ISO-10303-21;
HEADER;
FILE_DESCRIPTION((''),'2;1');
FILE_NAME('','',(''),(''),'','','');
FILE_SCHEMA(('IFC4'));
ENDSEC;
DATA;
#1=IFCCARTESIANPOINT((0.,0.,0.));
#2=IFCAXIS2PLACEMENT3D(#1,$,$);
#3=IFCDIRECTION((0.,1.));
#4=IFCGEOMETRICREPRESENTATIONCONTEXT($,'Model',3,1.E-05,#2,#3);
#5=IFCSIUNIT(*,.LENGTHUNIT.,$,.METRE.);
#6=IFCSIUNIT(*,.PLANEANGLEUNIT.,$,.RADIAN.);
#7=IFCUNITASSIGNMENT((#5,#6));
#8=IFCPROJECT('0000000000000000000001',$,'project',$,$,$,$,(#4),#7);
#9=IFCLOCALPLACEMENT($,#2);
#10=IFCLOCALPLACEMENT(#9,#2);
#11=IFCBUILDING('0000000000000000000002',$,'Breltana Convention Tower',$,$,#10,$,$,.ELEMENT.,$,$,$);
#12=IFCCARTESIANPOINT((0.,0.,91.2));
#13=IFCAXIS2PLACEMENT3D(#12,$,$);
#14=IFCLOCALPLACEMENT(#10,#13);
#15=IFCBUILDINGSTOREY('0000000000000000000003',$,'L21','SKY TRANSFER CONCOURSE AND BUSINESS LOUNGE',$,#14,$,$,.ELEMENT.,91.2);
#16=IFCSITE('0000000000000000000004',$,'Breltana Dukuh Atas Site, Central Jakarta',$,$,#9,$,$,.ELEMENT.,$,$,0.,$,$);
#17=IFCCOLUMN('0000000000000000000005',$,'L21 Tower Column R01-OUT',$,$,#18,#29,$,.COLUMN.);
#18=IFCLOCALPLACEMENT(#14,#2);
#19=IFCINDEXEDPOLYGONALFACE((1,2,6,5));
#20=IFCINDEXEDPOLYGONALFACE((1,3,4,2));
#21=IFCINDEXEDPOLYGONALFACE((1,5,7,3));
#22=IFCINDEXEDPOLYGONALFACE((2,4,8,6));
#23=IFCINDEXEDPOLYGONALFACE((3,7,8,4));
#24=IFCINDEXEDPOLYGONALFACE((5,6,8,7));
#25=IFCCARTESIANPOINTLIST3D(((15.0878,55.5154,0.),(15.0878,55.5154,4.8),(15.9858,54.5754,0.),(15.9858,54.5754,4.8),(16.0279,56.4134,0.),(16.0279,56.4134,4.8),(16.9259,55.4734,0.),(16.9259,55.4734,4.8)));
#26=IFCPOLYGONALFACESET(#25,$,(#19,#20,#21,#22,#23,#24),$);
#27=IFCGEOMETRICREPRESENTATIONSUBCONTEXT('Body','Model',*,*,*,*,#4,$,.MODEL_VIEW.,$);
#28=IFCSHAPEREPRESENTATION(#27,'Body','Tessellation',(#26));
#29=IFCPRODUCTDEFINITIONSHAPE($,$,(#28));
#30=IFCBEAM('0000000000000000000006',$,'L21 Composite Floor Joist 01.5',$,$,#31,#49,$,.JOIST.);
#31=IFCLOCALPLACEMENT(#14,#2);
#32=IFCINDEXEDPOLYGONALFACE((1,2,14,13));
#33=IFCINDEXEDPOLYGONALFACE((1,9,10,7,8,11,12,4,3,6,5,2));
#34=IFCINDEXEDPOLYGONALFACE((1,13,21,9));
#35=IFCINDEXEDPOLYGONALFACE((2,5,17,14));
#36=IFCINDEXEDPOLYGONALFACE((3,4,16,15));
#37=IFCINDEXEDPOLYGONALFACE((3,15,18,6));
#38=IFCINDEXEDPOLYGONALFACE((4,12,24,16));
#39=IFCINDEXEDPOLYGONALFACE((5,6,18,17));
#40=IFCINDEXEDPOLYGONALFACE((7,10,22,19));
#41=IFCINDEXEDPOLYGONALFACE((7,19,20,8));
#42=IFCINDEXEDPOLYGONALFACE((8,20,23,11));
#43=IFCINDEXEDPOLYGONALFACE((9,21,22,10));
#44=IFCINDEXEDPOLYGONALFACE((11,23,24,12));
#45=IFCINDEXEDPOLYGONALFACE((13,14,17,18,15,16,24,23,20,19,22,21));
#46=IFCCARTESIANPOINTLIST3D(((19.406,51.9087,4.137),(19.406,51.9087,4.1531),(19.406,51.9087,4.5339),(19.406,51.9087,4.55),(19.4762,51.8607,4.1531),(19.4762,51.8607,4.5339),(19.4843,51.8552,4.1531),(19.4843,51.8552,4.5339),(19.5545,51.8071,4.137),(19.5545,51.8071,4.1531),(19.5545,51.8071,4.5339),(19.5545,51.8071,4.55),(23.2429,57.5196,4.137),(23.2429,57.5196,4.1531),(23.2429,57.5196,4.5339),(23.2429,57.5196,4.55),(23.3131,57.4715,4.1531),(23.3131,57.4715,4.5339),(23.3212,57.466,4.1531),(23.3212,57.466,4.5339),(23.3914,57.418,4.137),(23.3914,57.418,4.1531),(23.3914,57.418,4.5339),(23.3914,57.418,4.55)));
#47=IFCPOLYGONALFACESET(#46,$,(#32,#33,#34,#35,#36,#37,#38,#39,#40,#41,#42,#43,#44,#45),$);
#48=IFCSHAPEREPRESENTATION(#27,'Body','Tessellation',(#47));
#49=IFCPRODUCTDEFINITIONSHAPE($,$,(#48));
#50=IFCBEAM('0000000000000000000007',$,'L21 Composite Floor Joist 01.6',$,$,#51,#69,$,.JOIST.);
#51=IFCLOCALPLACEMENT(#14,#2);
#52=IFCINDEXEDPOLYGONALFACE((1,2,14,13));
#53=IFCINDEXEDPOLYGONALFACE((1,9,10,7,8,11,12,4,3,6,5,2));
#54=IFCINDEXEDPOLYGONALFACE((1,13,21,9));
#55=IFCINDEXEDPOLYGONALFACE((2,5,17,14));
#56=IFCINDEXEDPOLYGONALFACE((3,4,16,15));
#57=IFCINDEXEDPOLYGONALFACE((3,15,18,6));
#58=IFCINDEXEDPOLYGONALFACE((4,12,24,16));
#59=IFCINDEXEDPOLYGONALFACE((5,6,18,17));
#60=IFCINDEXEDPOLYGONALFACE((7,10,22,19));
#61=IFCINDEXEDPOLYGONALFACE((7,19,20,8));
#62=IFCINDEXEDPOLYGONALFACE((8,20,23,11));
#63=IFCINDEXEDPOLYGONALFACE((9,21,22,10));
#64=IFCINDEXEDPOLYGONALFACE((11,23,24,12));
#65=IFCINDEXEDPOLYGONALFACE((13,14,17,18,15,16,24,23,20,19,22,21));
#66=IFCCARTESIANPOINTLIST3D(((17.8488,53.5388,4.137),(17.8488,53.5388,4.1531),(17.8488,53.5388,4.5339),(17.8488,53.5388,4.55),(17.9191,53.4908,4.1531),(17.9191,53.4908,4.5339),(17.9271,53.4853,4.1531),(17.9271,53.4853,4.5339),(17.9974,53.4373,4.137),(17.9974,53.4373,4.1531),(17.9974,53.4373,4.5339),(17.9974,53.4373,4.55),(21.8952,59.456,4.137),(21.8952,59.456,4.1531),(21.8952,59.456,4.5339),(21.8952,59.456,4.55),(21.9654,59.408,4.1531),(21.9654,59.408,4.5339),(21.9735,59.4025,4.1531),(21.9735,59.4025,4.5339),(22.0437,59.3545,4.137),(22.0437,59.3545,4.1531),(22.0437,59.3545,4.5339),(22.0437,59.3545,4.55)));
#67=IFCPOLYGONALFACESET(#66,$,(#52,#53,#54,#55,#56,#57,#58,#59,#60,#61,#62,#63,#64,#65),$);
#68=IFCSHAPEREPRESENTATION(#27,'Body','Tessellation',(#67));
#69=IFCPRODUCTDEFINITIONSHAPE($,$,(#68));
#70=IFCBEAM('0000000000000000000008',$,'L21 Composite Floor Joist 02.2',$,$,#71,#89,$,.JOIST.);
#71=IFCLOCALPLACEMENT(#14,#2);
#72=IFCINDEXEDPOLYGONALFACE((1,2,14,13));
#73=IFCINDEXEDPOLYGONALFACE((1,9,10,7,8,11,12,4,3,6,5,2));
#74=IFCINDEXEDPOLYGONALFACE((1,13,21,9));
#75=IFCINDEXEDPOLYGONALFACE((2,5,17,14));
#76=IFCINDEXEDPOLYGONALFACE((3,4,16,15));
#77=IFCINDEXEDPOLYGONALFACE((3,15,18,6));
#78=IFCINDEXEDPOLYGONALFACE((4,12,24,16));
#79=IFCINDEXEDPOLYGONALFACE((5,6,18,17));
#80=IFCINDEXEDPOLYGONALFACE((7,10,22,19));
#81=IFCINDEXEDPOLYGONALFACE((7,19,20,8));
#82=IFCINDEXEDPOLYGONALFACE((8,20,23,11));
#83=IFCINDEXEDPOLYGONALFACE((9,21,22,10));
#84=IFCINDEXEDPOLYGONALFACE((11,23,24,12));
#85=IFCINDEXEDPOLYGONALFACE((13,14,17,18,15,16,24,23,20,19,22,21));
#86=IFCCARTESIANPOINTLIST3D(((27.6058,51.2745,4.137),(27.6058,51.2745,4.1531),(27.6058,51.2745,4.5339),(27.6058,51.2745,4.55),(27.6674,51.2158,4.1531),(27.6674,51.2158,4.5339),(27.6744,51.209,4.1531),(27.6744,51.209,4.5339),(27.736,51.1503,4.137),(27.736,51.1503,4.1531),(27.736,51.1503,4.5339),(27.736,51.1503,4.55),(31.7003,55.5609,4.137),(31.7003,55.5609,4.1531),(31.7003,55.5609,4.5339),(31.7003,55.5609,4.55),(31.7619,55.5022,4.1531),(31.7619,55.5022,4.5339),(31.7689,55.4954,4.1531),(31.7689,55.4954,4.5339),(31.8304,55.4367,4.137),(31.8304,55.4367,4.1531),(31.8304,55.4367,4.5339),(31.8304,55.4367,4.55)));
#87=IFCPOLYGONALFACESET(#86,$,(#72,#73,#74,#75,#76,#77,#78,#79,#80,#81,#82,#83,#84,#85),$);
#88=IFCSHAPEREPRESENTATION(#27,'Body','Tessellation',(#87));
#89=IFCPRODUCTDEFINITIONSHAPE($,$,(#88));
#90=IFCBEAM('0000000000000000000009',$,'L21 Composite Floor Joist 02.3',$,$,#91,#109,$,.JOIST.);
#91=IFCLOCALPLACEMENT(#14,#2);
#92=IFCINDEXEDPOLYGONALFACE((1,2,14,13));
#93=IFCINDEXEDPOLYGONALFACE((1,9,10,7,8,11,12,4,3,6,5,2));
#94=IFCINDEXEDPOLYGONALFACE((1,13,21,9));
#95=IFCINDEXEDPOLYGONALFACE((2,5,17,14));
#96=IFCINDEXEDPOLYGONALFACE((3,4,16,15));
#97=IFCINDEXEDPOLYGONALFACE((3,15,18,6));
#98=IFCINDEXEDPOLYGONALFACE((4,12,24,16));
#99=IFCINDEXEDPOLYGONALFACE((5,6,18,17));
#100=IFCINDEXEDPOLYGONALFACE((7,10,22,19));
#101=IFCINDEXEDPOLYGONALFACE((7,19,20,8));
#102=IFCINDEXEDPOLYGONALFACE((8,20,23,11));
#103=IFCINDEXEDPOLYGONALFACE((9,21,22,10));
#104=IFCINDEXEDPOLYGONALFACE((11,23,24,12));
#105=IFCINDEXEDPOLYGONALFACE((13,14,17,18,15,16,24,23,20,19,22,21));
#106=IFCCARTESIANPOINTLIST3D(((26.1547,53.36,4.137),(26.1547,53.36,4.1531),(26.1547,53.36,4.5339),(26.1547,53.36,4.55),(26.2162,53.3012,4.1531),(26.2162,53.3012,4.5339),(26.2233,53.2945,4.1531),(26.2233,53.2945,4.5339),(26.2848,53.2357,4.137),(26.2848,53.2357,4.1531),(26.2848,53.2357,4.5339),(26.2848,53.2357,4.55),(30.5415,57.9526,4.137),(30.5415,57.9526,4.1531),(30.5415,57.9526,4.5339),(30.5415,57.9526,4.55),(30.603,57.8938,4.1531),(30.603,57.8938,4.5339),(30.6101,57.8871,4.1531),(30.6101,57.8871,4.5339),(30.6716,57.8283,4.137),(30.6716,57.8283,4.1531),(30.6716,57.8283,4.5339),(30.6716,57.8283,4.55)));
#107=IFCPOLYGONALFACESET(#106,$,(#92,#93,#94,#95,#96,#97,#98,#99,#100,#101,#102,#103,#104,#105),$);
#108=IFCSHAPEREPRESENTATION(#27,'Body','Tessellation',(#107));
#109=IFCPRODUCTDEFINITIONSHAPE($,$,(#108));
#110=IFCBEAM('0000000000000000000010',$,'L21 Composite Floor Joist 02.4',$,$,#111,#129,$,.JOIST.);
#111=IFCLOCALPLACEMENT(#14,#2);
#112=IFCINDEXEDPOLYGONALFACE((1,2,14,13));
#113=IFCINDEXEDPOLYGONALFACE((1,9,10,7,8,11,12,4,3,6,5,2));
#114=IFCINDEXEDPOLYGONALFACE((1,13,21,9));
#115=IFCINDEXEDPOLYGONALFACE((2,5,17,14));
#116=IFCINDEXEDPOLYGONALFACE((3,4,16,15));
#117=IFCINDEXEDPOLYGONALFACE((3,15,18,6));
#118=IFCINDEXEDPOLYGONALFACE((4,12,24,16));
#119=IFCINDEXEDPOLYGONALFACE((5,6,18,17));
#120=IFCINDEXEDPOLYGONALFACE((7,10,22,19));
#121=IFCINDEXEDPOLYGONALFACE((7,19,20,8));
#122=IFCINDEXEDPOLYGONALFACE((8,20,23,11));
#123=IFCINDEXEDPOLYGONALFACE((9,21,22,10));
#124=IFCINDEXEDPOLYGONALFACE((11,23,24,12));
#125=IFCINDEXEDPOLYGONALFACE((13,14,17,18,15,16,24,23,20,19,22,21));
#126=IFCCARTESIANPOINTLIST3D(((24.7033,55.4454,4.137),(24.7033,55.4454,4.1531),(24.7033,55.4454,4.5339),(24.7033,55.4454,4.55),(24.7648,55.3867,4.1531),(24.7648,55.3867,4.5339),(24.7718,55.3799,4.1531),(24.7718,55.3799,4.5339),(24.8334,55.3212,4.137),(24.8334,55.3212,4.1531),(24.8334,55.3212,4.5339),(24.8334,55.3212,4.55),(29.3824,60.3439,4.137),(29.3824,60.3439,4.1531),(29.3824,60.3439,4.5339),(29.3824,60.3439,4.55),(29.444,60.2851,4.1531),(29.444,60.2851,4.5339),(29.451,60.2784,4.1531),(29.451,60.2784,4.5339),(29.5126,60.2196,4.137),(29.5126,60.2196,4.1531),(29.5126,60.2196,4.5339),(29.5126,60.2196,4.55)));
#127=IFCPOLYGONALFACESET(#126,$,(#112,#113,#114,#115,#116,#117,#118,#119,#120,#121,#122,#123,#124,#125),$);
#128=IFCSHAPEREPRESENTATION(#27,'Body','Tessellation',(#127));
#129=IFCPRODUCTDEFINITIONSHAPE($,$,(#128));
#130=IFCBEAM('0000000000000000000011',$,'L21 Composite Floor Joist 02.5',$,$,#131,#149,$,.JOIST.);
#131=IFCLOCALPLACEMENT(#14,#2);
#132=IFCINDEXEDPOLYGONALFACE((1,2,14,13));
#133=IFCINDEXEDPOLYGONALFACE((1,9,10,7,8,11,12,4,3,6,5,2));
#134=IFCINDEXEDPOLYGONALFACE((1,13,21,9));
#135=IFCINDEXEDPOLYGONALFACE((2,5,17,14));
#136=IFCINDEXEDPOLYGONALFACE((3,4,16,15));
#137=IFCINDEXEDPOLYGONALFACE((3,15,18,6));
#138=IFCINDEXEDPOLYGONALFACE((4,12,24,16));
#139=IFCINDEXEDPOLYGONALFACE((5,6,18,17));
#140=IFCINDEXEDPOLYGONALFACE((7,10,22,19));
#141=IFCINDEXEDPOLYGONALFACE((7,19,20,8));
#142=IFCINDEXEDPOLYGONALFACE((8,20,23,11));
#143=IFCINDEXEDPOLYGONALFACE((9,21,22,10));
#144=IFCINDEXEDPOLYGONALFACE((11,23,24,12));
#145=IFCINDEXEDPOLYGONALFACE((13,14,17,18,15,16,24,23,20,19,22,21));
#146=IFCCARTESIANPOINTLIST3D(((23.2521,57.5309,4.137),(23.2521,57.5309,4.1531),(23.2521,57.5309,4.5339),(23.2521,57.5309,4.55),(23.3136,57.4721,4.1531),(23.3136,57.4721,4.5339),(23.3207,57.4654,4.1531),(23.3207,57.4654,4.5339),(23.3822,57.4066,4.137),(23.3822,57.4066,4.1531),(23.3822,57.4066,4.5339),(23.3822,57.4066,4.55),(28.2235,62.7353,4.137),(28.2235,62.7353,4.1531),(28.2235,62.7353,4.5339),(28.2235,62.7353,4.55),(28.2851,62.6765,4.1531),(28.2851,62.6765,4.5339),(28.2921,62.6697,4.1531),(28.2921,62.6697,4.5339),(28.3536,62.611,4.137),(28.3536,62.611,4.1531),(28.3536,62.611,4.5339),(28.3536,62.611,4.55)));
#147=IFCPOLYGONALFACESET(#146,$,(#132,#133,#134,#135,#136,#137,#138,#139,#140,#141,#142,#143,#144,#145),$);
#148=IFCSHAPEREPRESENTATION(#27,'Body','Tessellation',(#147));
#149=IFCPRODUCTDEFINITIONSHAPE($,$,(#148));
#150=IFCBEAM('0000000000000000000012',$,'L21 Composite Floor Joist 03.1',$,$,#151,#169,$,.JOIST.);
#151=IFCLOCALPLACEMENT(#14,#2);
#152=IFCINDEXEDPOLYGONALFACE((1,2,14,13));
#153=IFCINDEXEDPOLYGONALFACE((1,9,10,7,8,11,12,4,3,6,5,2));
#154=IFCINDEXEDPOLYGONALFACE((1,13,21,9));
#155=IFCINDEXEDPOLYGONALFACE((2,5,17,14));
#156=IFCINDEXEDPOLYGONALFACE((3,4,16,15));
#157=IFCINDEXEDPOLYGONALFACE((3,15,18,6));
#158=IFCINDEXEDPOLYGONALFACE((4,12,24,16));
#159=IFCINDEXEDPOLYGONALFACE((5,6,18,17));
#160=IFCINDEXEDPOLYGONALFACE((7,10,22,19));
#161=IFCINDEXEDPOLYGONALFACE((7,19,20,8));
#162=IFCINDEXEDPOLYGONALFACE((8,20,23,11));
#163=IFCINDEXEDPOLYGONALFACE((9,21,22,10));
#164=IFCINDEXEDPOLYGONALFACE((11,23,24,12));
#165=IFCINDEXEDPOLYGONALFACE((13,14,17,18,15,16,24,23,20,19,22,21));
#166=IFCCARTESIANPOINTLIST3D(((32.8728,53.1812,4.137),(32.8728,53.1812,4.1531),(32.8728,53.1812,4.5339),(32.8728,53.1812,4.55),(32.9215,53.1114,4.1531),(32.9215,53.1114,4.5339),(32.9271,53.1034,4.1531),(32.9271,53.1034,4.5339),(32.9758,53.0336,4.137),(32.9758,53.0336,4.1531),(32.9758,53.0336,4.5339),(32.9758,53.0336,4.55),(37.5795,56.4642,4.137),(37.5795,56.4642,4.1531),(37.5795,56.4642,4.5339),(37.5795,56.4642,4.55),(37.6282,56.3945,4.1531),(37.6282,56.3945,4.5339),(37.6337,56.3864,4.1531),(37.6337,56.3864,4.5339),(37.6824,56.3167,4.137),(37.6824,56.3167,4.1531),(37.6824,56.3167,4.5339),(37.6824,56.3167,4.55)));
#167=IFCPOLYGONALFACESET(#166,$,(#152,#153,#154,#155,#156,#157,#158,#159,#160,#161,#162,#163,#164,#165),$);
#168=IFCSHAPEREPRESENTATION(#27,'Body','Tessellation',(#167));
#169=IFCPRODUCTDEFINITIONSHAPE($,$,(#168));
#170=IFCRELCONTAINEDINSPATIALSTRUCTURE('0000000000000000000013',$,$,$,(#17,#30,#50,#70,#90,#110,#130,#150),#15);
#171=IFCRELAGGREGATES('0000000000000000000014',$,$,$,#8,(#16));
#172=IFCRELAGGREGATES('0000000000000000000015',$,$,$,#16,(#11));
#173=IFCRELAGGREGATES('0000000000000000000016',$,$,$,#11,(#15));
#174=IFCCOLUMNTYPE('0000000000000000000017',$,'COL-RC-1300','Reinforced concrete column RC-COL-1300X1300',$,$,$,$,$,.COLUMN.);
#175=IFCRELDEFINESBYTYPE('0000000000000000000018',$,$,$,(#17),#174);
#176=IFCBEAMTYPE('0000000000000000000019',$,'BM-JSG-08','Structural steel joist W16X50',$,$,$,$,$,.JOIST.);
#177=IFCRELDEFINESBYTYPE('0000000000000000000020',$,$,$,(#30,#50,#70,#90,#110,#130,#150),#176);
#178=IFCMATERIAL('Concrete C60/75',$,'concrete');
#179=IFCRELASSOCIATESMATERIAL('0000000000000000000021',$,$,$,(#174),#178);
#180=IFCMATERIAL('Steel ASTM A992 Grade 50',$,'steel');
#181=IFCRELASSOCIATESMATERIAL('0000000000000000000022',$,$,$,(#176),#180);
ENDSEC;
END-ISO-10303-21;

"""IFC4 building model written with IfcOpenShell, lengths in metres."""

from ifc_helpers import new_model, si_unit, direction, frame, origin, origin_2d, place, context, subcontext, project, spatial, rectangle, i_section, extrude, source, transform, mapped, material, material_profile, profile_set, type_object, element, save


model = new_model("IFC4")

# Units and contexts
model_context = context("Model", 3, precision=1e-05, world=origin(), true_north=direction((0.0, 1.0)))
body_context = subcontext(model_context, "Body", "Model", "MODEL_VIEW")
ifc_project = project(units=[si_unit("LENGTHUNIT", "METRE"), si_unit("PLANEANGLEUNIT", "RADIAN")], contexts=[model_context])

# Site, building, storey
site_placement = place(None, origin())
site = spatial("IfcSite", under=ifc_project, at=site_placement, Name="Breltana Dukuh Atas Site, Central Jakarta", CompositionType="ELEMENT", RefElevation=0.0)
building_placement = place(site_placement, origin())
building = spatial("IfcBuilding", under=site, at=building_placement, Name="Breltana Convention Tower", CompositionType="ELEMENT")
storey_placement = place(building_placement, frame((0.0, 0.0, 91.2)))
storey = spatial("IfcBuildingStorey", under=building, at=storey_placement, Name="L21", Description="SKY TRANSFER CONCOURSE AND BUSINESS LOUNGE", CompositionType="ELEMENT", Elevation=91.2)

# Column
ifc_material_1 = material(Name="Concrete C60/75", Category="concrete")
ifc_material_profile_1 = material_profile(ifc_material_1, rectangle(XDim=1.3, YDim=1.3, at=origin_2d()), Name="RC-COL-1300X1300")
ifc_profile_set_1 = profile_set([ifc_material_profile_1], Name="Concrete C60/75")
column_type = type_object("IfcColumnType", Name="COL-RC-1300", Description="Reinforced concrete column RC-COL-1300X1300", PredefinedType="COLUMN", material=ifc_profile_set_1)
shared_shape_1 = source(origin(), body_context, "Body", "SweptSolid", [
    extrude(rectangle(XDim=1.3, YDim=1.3, at=origin_2d()), origin(), (0.0, 0.0, 1.0), 4.8),
])
column_placement = place(storey_placement, frame((16.0068, 55.4944, 0.0), z_axis=(0.0, 0.0, 1.0), x_axis=(-0.690756, 0.723088, 0.0)))
element("IfcColumn", 1, at=column_placement, inside=storey, type_object=column_type, Name="L21 Tower Column R01-OUT", PredefinedType="COLUMN", context=body_context, shape_type="MappedRepresentation", body=[
    mapped(shared_shape_1, transform((0.0, 0.0, 0.0), scale=1.0)),
])

# Beams
ifc_material_2 = material(Name="Steel ASTM A992 Grade 50", Category="steel")
ifc_material_profile_2 = material_profile(ifc_material_2, i_section(OverallWidth=0.1799, OverallDepth=0.4131, WebThickness=0.0098, FlangeThickness=0.0161, at=origin_2d()), Name="W16X50")
ifc_profile_set_2 = profile_set([ifc_material_profile_2], Name="Steel ASTM A992 Grade 50")
beam_type_1 = type_object("IfcBeamType", Name="BM-JSG-08", Description="Structural steel joist W16X50", PredefinedType="JOIST", material=ifc_profile_set_2)
shared_shape_2 = source(origin(), body_context, "Body", "SweptSolid", [
    extrude(i_section(OverallWidth=0.1799, OverallDepth=0.4131, WebThickness=0.0098, FlangeThickness=0.0161, at=origin_2d()), origin(), (0.0, 0.0, 1.0), 6.7974),
])
beam_1_placement = place(storey_placement, frame((19.4802, 51.8579, 4.3435), z_axis=(0.564475, 0.82545, 0.0), x_axis=(-0.82545, 0.564475, 0.0)))
element("IfcBeam", 2, at=beam_1_placement, inside=storey, type_object=beam_type_1, Name="L21 Composite Floor Joist 01.5", PredefinedType="JOIST", context=body_context, shape_type="MappedRepresentation", body=[
    mapped(shared_shape_2, transform((0.0, 0.0, 0.0), scale=1.0)),
])
shared_shape_3 = source(origin(), body_context, "Body", "SweptSolid", [
    extrude(i_section(OverallWidth=0.1799, OverallDepth=0.4131, WebThickness=0.0098, FlangeThickness=0.0161, at=origin_2d()), origin(), (0.0, 0.0, 1.0), 7.1685),
])
beam_2_placement = place(storey_placement, frame((17.9231, 53.488, 4.3435), z_axis=(0.56447, 0.825453, 0.0), x_axis=(-0.825453, 0.56447, 0.0)))
element("IfcBeam", 3, at=beam_2_placement, inside=storey, type_object=beam_type_1, Name="L21 Composite Floor Joist 01.6", PredefinedType="JOIST", context=body_context, shape_type="MappedRepresentation", body=[
    mapped(shared_shape_3, transform((0.0, 0.0, 0.0), scale=1.0)),
])
shared_shape_4 = source(origin(), body_context, "Body", "SweptSolid", [
    extrude(i_section(OverallWidth=0.1799, OverallDepth=0.4131, WebThickness=0.0098, FlangeThickness=0.0161, at=origin_2d()), origin(), (0.0, 0.0, 1.0), 5.9277),
])
beam_3_placement = place(storey_placement, frame((27.6709, 51.2124, 4.3435), z_axis=(0.690735, 0.723108, 0.0), x_axis=(-0.723108, 0.690735, 0.0)))
element("IfcBeam", 4, at=beam_3_placement, inside=storey, type_object=beam_type_1, Name="L21 Composite Floor Joist 02.2", PredefinedType="JOIST", context=body_context, shape_type="MappedRepresentation", body=[
    mapped(shared_shape_4, transform((0.0, 0.0, 0.0), scale=1.0)),
])
shared_shape_5 = source(origin(), body_context, "Body", "SweptSolid", [
    extrude(i_section(OverallWidth=0.1799, OverallDepth=0.4131, WebThickness=0.0098, FlangeThickness=0.0161, at=origin_2d()), origin(), (0.0, 0.0, 1.0), 6.3511),
])
beam_4_placement = place(storey_placement, frame((26.2197, 53.2979, 4.3435), z_axis=(0.690718, 0.723124, 0.0), x_axis=(-0.723124, 0.690718, 0.0)))
element("IfcBeam", 5, at=beam_4_placement, inside=storey, type_object=beam_type_1, Name="L21 Composite Floor Joist 02.3", PredefinedType="JOIST", context=body_context, shape_type="MappedRepresentation", body=[
    mapped(shared_shape_5, transform((0.0, 0.0, 0.0), scale=1.0)),
])
shared_shape_6 = source(origin(), body_context, "Body", "SweptSolid", [
    extrude(i_section(OverallWidth=0.1799, OverallDepth=0.4131, WebThickness=0.0098, FlangeThickness=0.0161, at=origin_2d()), origin(), (0.0, 0.0, 1.0), 6.7742),
])
beam_5_placement = place(storey_placement, frame((24.7683, 55.3833, 4.3435), z_axis=(0.69074, 0.723103, 0.0), x_axis=(-0.723103, 0.69074, 0.0)))
element("IfcBeam", 6, at=beam_5_placement, inside=storey, type_object=beam_type_1, Name="L21 Composite Floor Joist 02.4", PredefinedType="JOIST", context=body_context, shape_type="MappedRepresentation", body=[
    mapped(shared_shape_6, transform((0.0, 0.0, 0.0), scale=1.0)),
])
shared_shape_7 = source(origin(), body_context, "Body", "SweptSolid", [
    extrude(i_section(OverallWidth=0.1799, OverallDepth=0.4131, WebThickness=0.0098, FlangeThickness=0.0161, at=origin_2d()), origin(), (0.0, 0.0, 1.0), 7.1973),
])
beam_6_placement = place(storey_placement, frame((23.3171, 57.4688, 4.3435), z_axis=(0.690741, 0.723102, 0.0), x_axis=(-0.723102, 0.690741, 0.0)))
element("IfcBeam", 7, at=beam_6_placement, inside=storey, type_object=beam_type_1, Name="L21 Composite Floor Joist 02.5", PredefinedType="JOIST", context=body_context, shape_type="MappedRepresentation", body=[
    mapped(shared_shape_7, transform((0.0, 0.0, 0.0), scale=1.0)),
])
shared_shape_8 = source(origin(), body_context, "Body", "SweptSolid", [
    extrude(i_section(OverallWidth=0.1799, OverallDepth=0.4131, WebThickness=0.0098, FlangeThickness=0.0161, at=origin_2d()), origin(), (0.0, 0.0, 1.0), 5.7385),
])
beam_7_placement = place(storey_placement, frame((32.9243, 53.1074, 4.3435), z_axis=(0.820182, 0.572102, 0.0), x_axis=(-0.572102, 0.820182, 0.0)))
element("IfcBeam", 8, at=beam_7_placement, inside=storey, type_object=beam_type_1, Name="L21 Composite Floor Joist 03.1", PredefinedType="JOIST", context=body_context, shape_type="MappedRepresentation", body=[
    mapped(shared_shape_8, transform((0.0, 0.0, 0.0), scale=1.0)),
])

save(model, "model.ifc")
